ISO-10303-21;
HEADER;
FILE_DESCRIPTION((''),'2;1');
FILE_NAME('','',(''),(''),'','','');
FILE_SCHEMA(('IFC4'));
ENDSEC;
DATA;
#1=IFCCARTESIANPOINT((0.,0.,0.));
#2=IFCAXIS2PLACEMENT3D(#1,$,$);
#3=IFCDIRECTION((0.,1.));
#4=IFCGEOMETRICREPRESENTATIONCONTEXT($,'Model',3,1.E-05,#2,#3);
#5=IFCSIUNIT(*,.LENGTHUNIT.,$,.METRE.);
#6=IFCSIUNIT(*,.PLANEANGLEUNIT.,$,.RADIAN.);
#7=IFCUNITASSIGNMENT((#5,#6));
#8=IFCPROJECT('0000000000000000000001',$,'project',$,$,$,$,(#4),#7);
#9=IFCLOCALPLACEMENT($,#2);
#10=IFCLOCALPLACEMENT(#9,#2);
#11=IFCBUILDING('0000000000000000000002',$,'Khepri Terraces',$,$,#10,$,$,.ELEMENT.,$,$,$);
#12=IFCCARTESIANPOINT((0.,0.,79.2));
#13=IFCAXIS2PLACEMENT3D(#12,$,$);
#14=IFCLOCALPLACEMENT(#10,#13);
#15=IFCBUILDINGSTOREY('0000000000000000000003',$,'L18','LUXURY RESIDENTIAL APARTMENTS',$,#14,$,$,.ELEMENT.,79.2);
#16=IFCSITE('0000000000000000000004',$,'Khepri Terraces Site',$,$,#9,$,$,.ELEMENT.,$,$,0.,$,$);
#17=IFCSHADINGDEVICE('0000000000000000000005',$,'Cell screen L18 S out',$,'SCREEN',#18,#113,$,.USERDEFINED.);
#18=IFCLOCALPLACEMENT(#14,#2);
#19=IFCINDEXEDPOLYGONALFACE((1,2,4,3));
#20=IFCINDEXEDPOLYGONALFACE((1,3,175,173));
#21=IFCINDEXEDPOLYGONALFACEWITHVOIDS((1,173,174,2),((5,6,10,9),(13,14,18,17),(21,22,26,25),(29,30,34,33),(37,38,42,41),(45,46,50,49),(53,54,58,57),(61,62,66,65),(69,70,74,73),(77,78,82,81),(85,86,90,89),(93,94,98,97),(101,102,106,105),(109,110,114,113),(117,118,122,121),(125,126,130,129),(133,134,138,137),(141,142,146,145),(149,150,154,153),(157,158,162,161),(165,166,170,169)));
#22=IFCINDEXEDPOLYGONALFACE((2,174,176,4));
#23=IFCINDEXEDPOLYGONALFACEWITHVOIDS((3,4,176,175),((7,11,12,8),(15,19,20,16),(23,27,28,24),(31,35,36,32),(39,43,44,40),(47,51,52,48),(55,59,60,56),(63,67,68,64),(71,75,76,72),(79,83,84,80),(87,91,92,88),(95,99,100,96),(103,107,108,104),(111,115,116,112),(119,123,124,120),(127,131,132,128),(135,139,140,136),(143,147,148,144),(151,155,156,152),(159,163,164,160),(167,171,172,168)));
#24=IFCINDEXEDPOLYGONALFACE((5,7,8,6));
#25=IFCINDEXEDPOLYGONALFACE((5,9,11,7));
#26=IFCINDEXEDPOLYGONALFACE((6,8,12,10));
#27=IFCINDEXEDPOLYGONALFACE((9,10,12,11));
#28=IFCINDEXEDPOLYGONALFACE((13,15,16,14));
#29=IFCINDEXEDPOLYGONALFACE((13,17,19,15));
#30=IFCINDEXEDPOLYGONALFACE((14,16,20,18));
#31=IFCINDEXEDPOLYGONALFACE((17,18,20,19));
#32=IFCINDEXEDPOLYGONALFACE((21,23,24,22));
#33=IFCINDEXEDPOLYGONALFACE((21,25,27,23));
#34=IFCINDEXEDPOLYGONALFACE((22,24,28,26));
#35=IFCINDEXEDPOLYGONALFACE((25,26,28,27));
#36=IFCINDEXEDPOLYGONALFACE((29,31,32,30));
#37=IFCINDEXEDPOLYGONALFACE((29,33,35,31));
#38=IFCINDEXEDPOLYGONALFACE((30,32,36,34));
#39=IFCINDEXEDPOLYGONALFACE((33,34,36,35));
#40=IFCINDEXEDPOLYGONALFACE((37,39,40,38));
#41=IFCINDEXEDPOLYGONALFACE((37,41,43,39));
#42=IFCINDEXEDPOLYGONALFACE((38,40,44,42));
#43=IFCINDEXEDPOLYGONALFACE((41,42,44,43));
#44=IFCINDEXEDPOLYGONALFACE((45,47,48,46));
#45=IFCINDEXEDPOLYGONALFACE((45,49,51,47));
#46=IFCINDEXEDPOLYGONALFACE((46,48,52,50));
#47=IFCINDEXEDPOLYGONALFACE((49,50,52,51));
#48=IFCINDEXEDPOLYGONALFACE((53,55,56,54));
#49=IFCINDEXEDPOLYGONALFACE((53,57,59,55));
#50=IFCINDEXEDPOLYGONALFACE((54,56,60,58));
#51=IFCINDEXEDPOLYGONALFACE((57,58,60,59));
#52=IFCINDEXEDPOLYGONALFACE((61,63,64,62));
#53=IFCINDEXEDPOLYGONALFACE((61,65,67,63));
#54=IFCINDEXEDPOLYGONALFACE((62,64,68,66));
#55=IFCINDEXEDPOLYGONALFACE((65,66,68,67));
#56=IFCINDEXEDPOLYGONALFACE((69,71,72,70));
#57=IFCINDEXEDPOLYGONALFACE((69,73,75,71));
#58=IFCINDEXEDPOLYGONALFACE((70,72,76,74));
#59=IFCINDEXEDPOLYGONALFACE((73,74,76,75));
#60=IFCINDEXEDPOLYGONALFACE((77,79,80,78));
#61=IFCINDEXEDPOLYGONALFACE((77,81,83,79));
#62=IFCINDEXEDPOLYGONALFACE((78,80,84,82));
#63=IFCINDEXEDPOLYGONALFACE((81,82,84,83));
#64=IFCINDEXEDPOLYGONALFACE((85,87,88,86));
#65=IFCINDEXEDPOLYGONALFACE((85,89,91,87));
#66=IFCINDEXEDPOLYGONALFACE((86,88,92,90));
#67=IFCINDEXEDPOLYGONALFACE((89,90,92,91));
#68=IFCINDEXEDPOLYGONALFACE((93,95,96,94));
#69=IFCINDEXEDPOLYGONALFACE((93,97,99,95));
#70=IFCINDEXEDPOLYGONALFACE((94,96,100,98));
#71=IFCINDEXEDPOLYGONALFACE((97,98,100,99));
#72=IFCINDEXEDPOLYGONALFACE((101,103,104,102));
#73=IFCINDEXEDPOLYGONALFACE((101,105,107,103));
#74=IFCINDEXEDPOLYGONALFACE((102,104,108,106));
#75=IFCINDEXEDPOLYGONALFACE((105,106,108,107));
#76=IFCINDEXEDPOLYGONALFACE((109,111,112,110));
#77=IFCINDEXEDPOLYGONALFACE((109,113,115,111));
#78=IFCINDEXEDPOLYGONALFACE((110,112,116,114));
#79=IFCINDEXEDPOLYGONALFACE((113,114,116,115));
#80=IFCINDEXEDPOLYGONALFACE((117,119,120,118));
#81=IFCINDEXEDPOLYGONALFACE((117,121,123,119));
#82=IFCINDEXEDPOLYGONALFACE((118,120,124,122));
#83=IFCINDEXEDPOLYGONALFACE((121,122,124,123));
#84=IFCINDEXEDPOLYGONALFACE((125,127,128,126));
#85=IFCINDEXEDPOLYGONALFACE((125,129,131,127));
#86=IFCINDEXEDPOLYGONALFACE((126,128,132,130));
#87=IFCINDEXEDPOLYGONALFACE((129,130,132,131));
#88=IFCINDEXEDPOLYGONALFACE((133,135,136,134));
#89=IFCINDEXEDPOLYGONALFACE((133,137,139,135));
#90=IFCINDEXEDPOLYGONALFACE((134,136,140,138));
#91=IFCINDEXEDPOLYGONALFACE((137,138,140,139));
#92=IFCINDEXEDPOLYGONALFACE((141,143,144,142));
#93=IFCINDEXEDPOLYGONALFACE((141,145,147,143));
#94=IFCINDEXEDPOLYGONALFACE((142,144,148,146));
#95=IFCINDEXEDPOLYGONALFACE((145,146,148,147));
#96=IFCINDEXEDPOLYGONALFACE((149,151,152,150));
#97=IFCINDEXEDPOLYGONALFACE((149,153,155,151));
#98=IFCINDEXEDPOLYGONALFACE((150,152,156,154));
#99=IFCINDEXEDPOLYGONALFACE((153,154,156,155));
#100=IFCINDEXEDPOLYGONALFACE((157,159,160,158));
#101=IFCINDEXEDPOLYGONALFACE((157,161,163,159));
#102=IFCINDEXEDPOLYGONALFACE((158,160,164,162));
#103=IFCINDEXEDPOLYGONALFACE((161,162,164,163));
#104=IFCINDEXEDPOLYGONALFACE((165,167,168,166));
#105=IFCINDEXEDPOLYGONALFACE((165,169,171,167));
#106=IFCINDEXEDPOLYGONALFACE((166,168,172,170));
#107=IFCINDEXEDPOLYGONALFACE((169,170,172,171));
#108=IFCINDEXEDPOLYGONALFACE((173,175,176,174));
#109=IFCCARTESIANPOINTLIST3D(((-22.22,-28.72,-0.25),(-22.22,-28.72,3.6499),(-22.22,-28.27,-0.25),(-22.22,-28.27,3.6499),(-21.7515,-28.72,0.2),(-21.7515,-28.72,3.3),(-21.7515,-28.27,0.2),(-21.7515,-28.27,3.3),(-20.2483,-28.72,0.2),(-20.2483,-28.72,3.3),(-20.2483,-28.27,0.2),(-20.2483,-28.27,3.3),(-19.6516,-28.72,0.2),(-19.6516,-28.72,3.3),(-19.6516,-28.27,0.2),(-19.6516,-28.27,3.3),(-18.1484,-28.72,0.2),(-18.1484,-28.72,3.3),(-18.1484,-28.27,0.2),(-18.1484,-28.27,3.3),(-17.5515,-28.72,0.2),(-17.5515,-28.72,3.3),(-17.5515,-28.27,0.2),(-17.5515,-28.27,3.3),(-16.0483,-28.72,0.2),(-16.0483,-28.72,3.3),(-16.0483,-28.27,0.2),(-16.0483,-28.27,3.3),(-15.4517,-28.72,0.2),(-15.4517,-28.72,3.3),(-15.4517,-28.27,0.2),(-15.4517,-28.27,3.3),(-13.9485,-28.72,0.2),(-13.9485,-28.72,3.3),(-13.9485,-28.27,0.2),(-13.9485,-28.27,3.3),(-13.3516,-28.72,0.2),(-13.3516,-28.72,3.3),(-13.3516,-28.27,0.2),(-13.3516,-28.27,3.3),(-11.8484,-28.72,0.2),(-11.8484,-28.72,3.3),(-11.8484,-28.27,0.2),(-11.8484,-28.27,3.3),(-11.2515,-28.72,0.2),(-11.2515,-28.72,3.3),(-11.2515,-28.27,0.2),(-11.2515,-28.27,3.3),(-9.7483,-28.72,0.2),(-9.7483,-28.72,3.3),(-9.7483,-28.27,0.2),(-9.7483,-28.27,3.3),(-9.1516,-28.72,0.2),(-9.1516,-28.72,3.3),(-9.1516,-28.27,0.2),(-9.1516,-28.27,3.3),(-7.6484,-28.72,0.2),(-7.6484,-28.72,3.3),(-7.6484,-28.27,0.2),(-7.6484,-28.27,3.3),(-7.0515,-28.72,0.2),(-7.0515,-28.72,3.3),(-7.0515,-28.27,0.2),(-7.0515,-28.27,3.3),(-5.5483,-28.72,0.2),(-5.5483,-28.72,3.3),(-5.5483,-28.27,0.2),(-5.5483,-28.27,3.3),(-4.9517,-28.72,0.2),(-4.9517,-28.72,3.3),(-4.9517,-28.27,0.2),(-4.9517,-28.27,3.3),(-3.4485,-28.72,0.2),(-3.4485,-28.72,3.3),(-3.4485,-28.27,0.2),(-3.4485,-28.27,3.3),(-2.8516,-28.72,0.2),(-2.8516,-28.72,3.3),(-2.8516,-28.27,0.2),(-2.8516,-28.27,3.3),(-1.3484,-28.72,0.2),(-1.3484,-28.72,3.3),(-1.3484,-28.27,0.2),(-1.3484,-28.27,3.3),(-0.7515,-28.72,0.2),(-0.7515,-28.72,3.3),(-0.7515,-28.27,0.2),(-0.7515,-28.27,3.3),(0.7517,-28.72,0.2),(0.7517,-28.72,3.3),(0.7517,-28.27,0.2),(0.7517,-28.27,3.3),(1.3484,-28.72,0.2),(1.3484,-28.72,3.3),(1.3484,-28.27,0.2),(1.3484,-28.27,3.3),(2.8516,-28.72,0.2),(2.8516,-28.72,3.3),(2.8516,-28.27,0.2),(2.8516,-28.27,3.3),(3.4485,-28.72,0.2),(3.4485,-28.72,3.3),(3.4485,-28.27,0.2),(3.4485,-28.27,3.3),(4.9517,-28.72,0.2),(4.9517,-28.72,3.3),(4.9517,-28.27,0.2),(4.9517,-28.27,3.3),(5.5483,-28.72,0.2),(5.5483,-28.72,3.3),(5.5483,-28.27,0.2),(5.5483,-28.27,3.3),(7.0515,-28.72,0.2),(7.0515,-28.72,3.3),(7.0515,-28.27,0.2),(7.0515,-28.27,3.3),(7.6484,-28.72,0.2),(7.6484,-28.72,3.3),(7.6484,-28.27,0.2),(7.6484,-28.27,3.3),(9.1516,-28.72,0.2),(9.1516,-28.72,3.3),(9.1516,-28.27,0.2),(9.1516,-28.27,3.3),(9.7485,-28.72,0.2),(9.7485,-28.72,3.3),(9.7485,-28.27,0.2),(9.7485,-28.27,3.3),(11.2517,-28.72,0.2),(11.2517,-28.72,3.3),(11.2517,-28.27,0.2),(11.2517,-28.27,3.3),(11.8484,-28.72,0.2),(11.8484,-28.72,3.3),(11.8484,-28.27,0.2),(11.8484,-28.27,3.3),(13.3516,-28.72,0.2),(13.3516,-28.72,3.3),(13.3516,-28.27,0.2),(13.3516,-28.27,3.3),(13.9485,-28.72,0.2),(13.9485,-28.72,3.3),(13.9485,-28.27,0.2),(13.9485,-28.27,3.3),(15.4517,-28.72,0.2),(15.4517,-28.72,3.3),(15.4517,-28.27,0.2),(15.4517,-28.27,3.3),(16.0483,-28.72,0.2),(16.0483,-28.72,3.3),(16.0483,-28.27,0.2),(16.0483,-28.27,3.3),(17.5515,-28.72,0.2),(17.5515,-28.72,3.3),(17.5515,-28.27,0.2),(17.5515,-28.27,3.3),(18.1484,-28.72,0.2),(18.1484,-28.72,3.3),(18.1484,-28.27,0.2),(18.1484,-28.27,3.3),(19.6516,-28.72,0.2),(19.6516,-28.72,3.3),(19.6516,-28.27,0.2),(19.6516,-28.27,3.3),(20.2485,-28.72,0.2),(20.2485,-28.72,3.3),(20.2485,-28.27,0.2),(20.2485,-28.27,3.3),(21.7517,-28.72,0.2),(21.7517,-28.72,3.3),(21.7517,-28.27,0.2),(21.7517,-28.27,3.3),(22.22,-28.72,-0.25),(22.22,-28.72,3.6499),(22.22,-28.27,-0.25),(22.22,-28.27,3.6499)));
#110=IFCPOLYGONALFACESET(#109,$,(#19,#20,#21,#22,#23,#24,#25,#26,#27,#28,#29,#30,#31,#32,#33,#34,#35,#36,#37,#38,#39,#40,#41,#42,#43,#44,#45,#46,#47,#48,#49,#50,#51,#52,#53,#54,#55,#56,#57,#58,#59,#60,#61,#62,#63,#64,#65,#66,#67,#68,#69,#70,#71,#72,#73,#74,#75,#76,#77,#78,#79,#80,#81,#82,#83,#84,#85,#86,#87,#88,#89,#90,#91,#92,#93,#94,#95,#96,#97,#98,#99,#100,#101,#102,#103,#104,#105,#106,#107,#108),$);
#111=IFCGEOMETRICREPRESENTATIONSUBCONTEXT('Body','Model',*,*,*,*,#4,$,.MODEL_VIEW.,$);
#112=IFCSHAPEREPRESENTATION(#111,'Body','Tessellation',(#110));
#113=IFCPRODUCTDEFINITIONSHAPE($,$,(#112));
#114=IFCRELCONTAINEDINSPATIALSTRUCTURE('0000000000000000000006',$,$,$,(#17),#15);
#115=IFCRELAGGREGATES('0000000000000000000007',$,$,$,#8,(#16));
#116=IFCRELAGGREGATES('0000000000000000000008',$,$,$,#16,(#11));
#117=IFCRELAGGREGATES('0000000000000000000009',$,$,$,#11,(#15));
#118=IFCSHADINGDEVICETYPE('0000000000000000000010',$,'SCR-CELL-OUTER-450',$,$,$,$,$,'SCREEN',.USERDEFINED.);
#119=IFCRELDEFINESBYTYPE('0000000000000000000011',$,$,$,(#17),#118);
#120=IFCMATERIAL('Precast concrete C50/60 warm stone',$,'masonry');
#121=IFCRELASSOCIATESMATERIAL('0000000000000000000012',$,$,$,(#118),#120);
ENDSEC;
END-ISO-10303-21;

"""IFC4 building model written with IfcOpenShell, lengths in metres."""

from ifc_helpers import new_model, si_unit, direction, frame, origin, place, context, subcontext, project, spatial, polyline, outline, extrude, material, type_object, element, save


model = new_model("IFC4")

# Units and contexts
model_context = context("Model", 3, precision=1e-05, world=origin(), true_north=direction((0.0, 1.0)))
body_context = subcontext(model_context, "Body", "Model", "MODEL_VIEW")
ifc_project = project(units=[si_unit("LENGTHUNIT", "METRE"), si_unit("PLANEANGLEUNIT", "RADIAN")], contexts=[model_context])

# Site, building, storey
site_placement = place(None, origin())
site = spatial("IfcSite", under=ifc_project, at=site_placement, Name="Khepri Terraces Site", CompositionType="ELEMENT", RefElevation=0.0)
building_placement = place(site_placement, origin())
building = spatial("IfcBuilding", under=site, at=building_placement, Name="Khepri Terraces", CompositionType="ELEMENT")
storey_placement = place(building_placement, frame((0.0, 0.0, 79.2)))
storey = spatial("IfcBuildingStorey", under=building, at=storey_placement, Name="L18", Description="LUXURY RESIDENTIAL APARTMENTS", CompositionType="ELEMENT", Elevation=79.2)

# Shared definitions
ifc_material_1 = material(Name="Precast concrete C50/60 warm stone", Category="masonry")

# Shading device
shading_device_type_1 = type_object("IfcShadingDeviceType", Name="SCR-CELL-OUTER-450", ElementType="SCREEN", PredefinedType="USERDEFINED", material=ifc_material_1)
shading_device_1_placement = place(storey_placement, frame((-22.22, -28.27, -0.25), z_axis=(0.0, -1.0, 0.0), x_axis=(1.0, 0.0, 0.0)))
element("IfcShadingDevice", 1, at=shading_device_1_placement, inside=storey, type_object=shading_device_type_1, Name="Cell screen L18 S out", ObjectType="SCREEN", PredefinedType="USERDEFINED", context=body_context, shape_type="SweptSolid", body=[
    extrude(outline(polyline([(0.0, 0.0), (44.4399, 0.0), (44.4399, 3.8999), (0.0, 3.8999), (0.0, 0.0)]), holes=[polyline([(0.4685, 0.45), (1.9717, 0.45), (1.9717, 3.55), (0.4685, 3.55), (0.4685, 0.45)]), polyline([(2.5684, 0.45), (4.0715, 0.45), (4.0715, 3.55), (2.5684, 3.55), (2.5684, 0.45)]), polyline([(4.6685, 0.45), (6.1716, 0.45), (6.1716, 3.55), (4.6685, 3.55), (4.6685, 0.45)]), polyline([(6.7683, 0.45), (8.2715, 0.45), (8.2715, 3.55), (6.7683, 3.55), (6.7683, 0.45)]), polyline([(8.8684, 0.45), (10.3716, 0.45), (10.3716, 3.55), (8.8684, 3.55), (8.8684, 0.45)]), polyline([(10.9685, 0.45), (12.4717, 0.45), (12.4717, 3.55), (10.9685, 3.55), (10.9685, 0.45)]), polyline([(13.0684, 0.45), (14.5715, 0.45), (14.5715, 3.55), (13.0684, 3.55), (13.0684, 0.45)]), polyline([(15.1685, 0.45), (16.6716, 0.45), (16.6716, 3.55), (15.1685, 3.55), (15.1685, 0.45)]), polyline([(17.2683, 0.45), (18.7715, 0.45), (18.7715, 3.55), (17.2683, 3.55), (17.2683, 0.45)]), polyline([(19.3684, 0.45), (20.8716, 0.45), (20.8716, 3.55), (19.3684, 3.55), (19.3684, 0.45)]), polyline([(21.4685, 0.45), (22.9717, 0.45), (22.9717, 3.55), (21.4685, 3.55), (21.4685, 0.45)]), polyline([(23.5684, 0.45), (25.0715, 0.45), (25.0715, 3.55), (23.5684, 3.55), (23.5684, 0.45)]), polyline([(25.6685, 0.45), (27.1716, 0.45), (27.1716, 3.55), (25.6685, 3.55), (25.6685, 0.45)]), polyline([(27.7683, 0.45), (29.2715, 0.45), (29.2715, 3.55), (27.7683, 3.55), (27.7683, 0.45)]), polyline([(29.8684, 0.45), (31.3716, 0.45), (31.3716, 3.55), (29.8684, 3.55), (29.8684, 0.45)]), polyline([(31.9685, 0.45), (33.4717, 0.45), (33.4717, 3.55), (31.9685, 3.55), (31.9685, 0.45)]), polyline([(34.0684, 0.45), (35.5715, 0.45), (35.5715, 3.55), (34.0684, 3.55), (34.0684, 0.45)]), polyline([(36.1685, 0.45), (37.6716, 0.45), (37.6716, 3.55), (36.1685, 3.55), (36.1685, 0.45)]), polyline([(38.2683, 0.45), (39.7715, 0.45), (39.7715, 3.55), (38.2683, 3.55), (38.2683, 0.45)]), polyline([(40.3684, 0.45), (41.8716, 0.45), (41.8716, 3.55), (40.3684, 3.55), (40.3684, 0.45)]), polyline([(42.4685, 0.45), (43.9717, 0.45), (43.9717, 3.55), (42.4685, 3.55), (42.4685, 0.45)])]), origin(), (0.0, 0.0, 1.0), 0.45),
])

save(model, "model.ifc")
